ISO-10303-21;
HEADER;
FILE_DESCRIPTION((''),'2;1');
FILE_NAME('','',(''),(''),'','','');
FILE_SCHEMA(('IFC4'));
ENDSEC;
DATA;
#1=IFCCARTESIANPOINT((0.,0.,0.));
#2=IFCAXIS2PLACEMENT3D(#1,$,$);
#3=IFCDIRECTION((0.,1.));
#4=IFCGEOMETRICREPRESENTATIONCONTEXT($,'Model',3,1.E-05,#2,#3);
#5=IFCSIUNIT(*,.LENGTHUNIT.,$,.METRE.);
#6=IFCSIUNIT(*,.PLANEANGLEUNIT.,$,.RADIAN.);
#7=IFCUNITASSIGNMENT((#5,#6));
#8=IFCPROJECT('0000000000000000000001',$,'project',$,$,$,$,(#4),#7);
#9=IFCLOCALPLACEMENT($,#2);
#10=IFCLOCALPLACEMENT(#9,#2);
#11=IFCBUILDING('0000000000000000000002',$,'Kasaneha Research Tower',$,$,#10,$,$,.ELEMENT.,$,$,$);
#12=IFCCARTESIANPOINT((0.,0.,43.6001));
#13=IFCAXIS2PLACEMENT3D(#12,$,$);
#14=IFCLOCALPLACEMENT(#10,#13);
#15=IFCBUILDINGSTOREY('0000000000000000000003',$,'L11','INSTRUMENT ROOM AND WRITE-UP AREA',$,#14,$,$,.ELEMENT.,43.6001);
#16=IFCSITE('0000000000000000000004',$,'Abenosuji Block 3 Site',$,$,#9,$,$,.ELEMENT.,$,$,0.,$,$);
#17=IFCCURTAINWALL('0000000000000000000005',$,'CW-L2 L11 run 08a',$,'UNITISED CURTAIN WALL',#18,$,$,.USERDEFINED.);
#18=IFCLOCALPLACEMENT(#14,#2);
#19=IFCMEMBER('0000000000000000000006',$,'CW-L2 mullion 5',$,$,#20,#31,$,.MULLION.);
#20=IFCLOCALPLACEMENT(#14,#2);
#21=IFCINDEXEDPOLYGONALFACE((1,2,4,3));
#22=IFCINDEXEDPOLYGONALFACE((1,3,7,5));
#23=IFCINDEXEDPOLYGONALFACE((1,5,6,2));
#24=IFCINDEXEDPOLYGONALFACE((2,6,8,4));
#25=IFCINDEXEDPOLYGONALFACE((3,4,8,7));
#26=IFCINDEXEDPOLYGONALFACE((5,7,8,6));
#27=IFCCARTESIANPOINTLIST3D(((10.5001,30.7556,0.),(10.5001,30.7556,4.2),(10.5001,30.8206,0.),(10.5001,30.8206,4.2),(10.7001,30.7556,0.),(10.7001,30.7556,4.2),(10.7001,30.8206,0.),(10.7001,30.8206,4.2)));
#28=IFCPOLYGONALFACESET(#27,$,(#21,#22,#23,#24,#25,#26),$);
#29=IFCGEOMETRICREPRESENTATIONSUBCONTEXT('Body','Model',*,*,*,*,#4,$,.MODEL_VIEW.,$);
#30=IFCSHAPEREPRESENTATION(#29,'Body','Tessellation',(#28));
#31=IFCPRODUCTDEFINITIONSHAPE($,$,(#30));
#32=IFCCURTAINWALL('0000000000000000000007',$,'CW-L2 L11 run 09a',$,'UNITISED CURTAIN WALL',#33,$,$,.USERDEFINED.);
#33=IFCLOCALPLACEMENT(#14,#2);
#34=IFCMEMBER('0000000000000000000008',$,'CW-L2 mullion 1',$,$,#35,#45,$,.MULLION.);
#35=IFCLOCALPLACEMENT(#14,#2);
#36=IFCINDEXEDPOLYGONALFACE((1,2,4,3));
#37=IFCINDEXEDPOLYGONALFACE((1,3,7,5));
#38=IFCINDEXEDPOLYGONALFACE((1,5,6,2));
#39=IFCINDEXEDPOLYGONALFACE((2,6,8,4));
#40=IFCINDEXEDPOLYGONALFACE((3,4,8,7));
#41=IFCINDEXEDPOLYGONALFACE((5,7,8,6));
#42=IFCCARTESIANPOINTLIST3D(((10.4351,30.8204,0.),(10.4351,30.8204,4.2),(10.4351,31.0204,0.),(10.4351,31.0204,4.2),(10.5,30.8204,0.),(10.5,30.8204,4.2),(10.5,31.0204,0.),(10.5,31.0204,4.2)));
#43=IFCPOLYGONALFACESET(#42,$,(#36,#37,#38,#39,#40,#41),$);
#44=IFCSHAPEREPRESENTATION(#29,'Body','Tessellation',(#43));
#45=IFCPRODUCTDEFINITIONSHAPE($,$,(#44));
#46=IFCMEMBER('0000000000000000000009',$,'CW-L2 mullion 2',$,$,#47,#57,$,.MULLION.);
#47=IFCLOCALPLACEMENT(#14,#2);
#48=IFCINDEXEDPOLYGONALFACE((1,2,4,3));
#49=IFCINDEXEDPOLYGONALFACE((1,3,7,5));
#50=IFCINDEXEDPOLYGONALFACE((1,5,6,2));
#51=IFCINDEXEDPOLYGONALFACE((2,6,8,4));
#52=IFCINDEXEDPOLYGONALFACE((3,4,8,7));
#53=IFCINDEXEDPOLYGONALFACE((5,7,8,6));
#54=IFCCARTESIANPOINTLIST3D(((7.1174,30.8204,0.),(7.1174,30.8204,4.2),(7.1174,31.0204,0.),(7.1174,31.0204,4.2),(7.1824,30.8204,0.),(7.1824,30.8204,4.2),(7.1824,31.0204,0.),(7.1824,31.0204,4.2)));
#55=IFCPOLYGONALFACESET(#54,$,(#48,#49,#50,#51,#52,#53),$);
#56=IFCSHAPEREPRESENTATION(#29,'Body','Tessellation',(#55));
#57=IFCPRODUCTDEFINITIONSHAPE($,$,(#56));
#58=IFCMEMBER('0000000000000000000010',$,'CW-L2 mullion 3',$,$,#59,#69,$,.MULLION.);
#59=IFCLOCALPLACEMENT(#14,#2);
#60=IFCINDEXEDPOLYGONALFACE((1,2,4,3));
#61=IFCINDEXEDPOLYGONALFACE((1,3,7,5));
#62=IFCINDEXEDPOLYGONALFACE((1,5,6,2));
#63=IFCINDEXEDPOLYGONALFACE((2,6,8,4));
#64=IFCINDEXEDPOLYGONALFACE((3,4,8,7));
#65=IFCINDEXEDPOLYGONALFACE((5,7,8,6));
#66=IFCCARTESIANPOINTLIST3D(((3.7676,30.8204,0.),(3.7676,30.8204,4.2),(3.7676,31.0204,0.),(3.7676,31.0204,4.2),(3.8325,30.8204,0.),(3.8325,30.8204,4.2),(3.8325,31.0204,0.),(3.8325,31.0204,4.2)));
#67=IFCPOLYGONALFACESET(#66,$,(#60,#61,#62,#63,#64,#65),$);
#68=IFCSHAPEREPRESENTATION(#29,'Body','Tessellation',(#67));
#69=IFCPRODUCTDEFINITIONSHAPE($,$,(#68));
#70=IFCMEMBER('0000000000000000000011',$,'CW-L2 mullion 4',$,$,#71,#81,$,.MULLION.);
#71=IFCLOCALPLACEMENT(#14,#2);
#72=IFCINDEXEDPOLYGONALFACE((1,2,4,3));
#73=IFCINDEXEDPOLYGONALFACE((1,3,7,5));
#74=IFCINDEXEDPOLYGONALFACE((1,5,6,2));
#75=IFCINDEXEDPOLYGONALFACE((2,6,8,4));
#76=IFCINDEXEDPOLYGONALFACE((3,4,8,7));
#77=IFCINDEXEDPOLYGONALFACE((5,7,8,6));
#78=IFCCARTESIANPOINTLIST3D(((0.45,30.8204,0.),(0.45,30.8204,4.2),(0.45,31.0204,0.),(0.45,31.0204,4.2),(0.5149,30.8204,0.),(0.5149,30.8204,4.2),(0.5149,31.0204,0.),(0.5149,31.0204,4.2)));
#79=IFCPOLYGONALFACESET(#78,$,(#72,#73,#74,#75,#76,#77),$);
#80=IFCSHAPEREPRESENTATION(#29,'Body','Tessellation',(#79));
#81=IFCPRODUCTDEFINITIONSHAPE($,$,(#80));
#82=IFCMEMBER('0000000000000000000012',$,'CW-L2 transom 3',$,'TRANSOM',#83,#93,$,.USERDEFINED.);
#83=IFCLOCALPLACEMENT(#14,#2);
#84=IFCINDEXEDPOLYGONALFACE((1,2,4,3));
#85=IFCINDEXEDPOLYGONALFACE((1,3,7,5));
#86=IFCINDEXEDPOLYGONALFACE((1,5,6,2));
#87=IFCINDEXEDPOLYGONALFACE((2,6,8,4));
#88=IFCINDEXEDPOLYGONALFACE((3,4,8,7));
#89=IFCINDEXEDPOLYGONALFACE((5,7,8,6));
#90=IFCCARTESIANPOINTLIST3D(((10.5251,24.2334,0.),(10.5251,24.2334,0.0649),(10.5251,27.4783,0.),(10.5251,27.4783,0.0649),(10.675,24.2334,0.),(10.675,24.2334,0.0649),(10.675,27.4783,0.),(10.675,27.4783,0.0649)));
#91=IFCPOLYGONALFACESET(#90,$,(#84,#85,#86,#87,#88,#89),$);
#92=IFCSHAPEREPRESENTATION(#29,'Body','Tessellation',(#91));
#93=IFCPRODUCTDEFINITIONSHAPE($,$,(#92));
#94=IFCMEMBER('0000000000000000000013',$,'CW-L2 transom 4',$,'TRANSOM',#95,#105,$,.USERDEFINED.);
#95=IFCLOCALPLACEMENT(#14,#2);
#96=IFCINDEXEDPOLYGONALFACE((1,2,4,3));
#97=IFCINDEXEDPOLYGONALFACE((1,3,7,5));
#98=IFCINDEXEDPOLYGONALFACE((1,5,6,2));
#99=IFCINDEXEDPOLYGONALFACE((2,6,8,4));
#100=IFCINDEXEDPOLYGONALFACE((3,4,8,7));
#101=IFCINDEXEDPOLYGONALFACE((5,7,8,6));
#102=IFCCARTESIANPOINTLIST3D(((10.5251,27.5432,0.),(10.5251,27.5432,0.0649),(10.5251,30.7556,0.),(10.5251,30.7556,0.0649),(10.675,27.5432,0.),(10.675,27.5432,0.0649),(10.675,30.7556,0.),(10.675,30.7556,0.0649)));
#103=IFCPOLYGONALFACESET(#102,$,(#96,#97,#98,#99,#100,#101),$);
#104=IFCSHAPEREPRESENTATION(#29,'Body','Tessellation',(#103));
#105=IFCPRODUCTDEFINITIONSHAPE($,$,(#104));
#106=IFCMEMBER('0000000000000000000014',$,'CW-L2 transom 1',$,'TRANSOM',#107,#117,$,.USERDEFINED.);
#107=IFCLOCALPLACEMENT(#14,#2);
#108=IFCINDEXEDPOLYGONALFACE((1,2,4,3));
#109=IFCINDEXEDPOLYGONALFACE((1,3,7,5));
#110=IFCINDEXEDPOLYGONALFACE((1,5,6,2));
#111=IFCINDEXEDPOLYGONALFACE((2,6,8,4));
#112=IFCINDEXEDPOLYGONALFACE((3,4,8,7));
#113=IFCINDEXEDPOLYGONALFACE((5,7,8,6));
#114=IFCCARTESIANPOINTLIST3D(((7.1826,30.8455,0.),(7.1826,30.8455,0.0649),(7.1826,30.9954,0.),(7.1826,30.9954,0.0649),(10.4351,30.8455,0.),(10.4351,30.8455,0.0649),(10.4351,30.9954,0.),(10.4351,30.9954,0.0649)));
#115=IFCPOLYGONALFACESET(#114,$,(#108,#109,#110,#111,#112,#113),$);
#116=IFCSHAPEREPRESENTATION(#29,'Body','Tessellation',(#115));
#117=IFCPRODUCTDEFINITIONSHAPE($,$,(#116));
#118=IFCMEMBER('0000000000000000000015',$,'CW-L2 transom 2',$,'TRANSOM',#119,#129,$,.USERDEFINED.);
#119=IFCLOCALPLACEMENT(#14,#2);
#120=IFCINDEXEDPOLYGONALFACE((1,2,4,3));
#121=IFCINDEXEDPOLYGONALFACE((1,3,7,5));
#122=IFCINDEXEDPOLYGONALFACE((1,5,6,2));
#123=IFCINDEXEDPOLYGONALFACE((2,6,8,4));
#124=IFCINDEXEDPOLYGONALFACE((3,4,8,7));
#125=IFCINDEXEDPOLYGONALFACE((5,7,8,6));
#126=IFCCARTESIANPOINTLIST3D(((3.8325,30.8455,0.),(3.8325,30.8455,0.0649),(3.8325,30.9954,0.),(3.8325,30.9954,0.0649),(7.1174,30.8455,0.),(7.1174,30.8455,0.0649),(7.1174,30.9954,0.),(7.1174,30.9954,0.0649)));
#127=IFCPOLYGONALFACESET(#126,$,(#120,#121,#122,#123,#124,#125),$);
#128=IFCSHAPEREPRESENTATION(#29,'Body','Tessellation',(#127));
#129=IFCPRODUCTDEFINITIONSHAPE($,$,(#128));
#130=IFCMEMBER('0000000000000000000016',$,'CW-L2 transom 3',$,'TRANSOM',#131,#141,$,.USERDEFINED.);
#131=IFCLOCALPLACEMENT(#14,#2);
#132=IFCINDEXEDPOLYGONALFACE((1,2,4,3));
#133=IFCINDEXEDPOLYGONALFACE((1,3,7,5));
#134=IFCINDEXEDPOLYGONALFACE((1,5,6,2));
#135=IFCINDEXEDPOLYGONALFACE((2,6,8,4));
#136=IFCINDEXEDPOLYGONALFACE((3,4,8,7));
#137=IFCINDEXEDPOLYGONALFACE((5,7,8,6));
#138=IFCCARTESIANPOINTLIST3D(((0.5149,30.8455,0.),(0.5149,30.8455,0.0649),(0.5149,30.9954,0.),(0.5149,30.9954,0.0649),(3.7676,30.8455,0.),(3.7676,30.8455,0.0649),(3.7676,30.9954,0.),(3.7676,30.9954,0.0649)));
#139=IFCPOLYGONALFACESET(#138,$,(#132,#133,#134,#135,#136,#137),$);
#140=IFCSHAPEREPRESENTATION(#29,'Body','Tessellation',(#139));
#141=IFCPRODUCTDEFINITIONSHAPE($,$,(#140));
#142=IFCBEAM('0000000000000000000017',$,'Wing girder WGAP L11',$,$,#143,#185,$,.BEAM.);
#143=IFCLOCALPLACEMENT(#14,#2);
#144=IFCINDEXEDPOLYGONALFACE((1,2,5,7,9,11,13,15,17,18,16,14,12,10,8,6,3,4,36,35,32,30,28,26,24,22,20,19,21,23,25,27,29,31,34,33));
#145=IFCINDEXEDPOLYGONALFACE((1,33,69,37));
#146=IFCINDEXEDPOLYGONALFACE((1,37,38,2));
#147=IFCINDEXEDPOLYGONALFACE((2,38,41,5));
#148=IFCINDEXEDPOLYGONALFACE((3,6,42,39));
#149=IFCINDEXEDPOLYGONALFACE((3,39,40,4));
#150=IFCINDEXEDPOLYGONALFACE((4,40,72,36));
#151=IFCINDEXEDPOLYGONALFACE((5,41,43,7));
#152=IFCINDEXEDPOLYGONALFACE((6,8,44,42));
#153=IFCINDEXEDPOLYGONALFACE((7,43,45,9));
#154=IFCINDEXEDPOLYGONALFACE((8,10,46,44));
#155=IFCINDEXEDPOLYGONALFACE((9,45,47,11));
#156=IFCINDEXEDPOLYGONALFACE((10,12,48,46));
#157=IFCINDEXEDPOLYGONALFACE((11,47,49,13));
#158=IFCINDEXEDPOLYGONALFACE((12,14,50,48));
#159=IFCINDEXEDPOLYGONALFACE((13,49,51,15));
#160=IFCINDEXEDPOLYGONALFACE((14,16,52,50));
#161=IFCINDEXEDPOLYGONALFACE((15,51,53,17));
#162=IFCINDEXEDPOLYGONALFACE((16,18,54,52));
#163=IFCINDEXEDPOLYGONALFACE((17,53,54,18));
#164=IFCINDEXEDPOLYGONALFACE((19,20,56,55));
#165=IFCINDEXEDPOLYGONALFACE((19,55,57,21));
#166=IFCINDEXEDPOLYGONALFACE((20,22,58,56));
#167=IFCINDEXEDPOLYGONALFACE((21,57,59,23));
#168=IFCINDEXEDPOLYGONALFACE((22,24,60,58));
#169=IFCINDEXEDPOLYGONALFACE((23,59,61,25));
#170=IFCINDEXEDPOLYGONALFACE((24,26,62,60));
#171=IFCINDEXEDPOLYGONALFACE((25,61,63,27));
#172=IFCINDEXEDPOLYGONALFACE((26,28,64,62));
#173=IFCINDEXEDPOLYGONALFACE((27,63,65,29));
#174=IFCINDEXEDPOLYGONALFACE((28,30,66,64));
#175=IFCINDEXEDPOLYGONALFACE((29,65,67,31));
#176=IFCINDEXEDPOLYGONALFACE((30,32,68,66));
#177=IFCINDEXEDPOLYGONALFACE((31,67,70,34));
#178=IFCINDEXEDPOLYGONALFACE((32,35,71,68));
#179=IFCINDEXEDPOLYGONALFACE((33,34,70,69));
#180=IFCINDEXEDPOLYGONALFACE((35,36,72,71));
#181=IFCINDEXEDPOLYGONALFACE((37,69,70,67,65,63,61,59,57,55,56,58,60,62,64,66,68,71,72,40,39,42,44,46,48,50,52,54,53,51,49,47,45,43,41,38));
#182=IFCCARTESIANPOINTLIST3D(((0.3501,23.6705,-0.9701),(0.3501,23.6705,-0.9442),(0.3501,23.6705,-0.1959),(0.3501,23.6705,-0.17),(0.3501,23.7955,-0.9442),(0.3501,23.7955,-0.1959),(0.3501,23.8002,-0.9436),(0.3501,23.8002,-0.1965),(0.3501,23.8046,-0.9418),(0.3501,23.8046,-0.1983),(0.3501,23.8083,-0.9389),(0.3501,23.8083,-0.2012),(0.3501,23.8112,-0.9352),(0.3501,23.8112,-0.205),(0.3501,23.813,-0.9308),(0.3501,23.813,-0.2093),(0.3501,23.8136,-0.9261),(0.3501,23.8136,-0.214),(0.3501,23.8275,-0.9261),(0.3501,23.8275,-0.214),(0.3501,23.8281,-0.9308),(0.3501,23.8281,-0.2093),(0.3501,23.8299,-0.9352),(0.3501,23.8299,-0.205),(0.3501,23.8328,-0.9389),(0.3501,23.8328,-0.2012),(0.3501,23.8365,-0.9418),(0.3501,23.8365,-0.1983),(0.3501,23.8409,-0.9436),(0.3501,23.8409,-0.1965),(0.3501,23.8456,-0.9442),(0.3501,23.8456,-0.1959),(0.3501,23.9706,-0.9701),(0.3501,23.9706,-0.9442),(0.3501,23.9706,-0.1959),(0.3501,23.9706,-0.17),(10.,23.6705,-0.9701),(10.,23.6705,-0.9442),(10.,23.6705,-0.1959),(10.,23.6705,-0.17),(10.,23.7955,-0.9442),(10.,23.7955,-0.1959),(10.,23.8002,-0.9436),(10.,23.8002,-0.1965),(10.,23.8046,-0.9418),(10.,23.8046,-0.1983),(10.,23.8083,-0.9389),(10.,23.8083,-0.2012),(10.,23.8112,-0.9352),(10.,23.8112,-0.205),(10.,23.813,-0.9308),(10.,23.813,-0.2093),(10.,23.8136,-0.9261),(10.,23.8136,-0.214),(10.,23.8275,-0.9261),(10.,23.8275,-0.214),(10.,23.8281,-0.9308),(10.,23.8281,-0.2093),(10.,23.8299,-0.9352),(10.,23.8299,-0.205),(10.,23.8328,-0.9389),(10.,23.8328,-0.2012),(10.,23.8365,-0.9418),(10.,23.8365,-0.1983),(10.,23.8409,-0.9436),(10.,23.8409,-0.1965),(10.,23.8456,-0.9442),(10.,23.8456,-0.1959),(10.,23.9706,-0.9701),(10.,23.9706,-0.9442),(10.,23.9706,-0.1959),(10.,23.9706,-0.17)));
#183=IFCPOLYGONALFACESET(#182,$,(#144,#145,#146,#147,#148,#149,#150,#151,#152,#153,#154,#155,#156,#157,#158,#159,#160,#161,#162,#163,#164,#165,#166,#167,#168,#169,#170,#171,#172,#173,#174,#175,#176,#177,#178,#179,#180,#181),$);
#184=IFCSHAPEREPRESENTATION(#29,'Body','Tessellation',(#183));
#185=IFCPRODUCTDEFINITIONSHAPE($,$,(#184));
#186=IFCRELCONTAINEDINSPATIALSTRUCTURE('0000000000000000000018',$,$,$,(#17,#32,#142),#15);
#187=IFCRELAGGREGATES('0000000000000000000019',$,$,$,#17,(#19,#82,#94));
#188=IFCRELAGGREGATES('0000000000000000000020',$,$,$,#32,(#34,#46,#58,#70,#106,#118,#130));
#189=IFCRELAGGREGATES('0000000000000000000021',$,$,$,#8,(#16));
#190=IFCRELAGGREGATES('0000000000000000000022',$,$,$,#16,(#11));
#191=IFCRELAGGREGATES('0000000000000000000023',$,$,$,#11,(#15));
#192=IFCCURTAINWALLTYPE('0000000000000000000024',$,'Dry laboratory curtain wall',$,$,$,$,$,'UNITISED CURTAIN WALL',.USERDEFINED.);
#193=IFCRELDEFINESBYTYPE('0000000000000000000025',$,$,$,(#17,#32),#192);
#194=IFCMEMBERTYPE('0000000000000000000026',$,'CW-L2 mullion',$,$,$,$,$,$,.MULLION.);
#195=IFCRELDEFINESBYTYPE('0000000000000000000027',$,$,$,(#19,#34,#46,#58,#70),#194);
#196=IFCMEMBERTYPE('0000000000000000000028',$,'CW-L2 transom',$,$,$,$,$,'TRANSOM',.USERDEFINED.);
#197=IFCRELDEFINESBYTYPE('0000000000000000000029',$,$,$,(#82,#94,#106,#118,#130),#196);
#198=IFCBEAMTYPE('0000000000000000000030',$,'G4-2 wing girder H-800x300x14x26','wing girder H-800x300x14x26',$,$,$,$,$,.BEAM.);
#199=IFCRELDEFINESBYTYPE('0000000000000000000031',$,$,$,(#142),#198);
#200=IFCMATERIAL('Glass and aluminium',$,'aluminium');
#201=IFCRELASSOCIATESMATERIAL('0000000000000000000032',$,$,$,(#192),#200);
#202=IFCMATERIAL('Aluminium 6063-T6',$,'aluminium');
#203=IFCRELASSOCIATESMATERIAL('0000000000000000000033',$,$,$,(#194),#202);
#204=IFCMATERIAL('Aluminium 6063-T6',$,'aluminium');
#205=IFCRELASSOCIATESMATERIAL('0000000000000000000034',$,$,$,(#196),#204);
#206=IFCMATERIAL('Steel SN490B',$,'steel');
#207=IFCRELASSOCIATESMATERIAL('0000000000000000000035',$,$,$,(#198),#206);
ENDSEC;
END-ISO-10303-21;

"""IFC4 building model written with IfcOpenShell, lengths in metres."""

from ifc_helpers import new_model, si_unit, direction, frame, origin, origin_2d, place, context, subcontext, project, spatial, rectangle, i_section, extrude, material, material_profile, profile_set, type_object, element, aggregate, save


model = new_model("IFC4")

# Units and contexts
model_context = context("Model", 3, precision=1e-05, world=origin(), true_north=direction((0.0, 1.0)))
body_context = subcontext(model_context, "Body", "Model", "MODEL_VIEW")
ifc_project = project(units=[si_unit("LENGTHUNIT", "METRE"), si_unit("PLANEANGLEUNIT", "RADIAN")], contexts=[model_context])

# Site, building, storey
site_placement = place(None, origin())
site = spatial("IfcSite", under=ifc_project, at=site_placement, Name="Abenosuji Block 3 Site", CompositionType="ELEMENT", RefElevation=0.0)
building_placement = place(site_placement, origin())
building = spatial("IfcBuilding", under=site, at=building_placement, Name="Kasaneha Research Tower", CompositionType="ELEMENT")
storey_placement = place(building_placement, frame((0.0, 0.0, 43.6001)))
storey = spatial("IfcBuildingStorey", under=building, at=storey_placement, Name="L11", Description="INSTRUMENT ROOM AND WRITE-UP AREA", CompositionType="ELEMENT", Elevation=43.6001)

# Curtain walls, members
ifc_material_1 = material(Name="Glass and aluminium", Category="aluminium")
curtain_wall_type = type_object("IfcCurtainWallType", Name="Dry laboratory curtain wall", ElementType="UNITISED CURTAIN WALL", PredefinedType="USERDEFINED", material=ifc_material_1)
curtain_wall_1_placement = place(storey_placement, origin())
curtain_wall_1 = element("IfcCurtainWall", 1, at=curtain_wall_1_placement, inside=storey, type_object=curtain_wall_type, Name="CW-L2 L11 run 08a", ObjectType="UNITISED CURTAIN WALL", PredefinedType="USERDEFINED")
ifc_material_2 = material(Name="Aluminium 6063-T6", Category="aluminium")
ifc_material_profile_1 = material_profile(ifc_material_2, rectangle(XDim=0.0649, YDim=0.2, at=origin_2d()), Name="CW-L2 mullion 65x200")
ifc_profile_set_1 = profile_set([ifc_material_profile_1], Name="Aluminium 6063-T6")
member_type_1 = type_object("IfcMemberType", Name="CW-L2 mullion", PredefinedType="MULLION", material=ifc_profile_set_1)
member_1_placement = place(storey_placement, frame((10.6001, 30.7881, 0.0), z_axis=(0.0, 0.0, 1.0), x_axis=(0.0, 1.0, 0.0)))
member_1 = element("IfcMember", 2, at=member_1_placement, type_object=member_type_1, Name="CW-L2 mullion 5", PredefinedType="MULLION", context=body_context, shape_type="SweptSolid", body=[
    extrude(rectangle(XDim=0.0649, YDim=0.2, at=origin_2d()), origin(), (0.0, 0.0, 1.0), 4.2),
])
curtain_wall_2_placement = place(storey_placement, origin())
curtain_wall_2 = element("IfcCurtainWall", 3, at=curtain_wall_2_placement, inside=storey, type_object=curtain_wall_type, Name="CW-L2 L11 run 09a", ObjectType="UNITISED CURTAIN WALL", PredefinedType="USERDEFINED")
member_2_placement = place(storey_placement, frame((10.4675, 30.9204, 0.0), z_axis=(0.0, 0.0, 1.0), x_axis=(-1.0, 0.0, 0.0)))
member_2 = element("IfcMember", 4, at=member_2_placement, type_object=member_type_1, Name="CW-L2 mullion 1", PredefinedType="MULLION", context=body_context, shape_type="SweptSolid", body=[
    extrude(rectangle(XDim=0.0649, YDim=0.2, at=origin_2d()), origin(), (0.0, 0.0, 1.0), 4.2),
])
member_3_placement = place(storey_placement, frame((7.1499, 30.9204, 0.0), z_axis=(0.0, 0.0, 1.0), x_axis=(-1.0, 0.0, 0.0)))
member_3 = element("IfcMember", 5, at=member_3_placement, type_object=member_type_1, Name="CW-L2 mullion 2", PredefinedType="MULLION", context=body_context, shape_type="SweptSolid", body=[
    extrude(rectangle(XDim=0.0649, YDim=0.2, at=origin_2d()), origin(), (0.0, 0.0, 1.0), 4.2),
])
member_4_placement = place(storey_placement, frame((3.8, 30.9204, 0.0), z_axis=(0.0, 0.0, 1.0), x_axis=(-1.0, 0.0, 0.0)))
member_4 = element("IfcMember", 6, at=member_4_placement, type_object=member_type_1, Name="CW-L2 mullion 3", PredefinedType="MULLION", context=body_context, shape_type="SweptSolid", body=[
    extrude(rectangle(XDim=0.0649, YDim=0.2, at=origin_2d()), origin(), (0.0, 0.0, 1.0), 4.2),
])
member_5_placement = place(storey_placement, frame((0.4824, 30.9204, 0.0), z_axis=(0.0, 0.0, 1.0), x_axis=(-1.0, 0.0, 0.0)))
member_5 = element("IfcMember", 7, at=member_5_placement, type_object=member_type_1, Name="CW-L2 mullion 4", PredefinedType="MULLION", context=body_context, shape_type="SweptSolid", body=[
    extrude(rectangle(XDim=0.0649, YDim=0.2, at=origin_2d()), origin(), (0.0, 0.0, 1.0), 4.2),
])

# Members
ifc_material_3 = material(Name="Aluminium 6063-T6", Category="aluminium")
ifc_material_profile_2 = material_profile(ifc_material_3, rectangle(XDim=0.1499, YDim=0.0649, at=origin_2d()), Name="CW-L2 transom 150x65")
ifc_profile_set_2 = profile_set([ifc_material_profile_2], Name="Aluminium 6063-T6")
member_type_2 = type_object("IfcMemberType", Name="CW-L2 transom", ElementType="TRANSOM", PredefinedType="USERDEFINED", material=ifc_profile_set_2)
member_6_placement = place(storey_placement, frame((10.6001, 24.2334, 0.0325), z_axis=(0.0, 1.0, 0.0), x_axis=(-1.0, 0.0, 0.0)))
member_6 = element("IfcMember", 8, at=member_6_placement, type_object=member_type_2, Name="CW-L2 transom 3", ObjectType="TRANSOM", PredefinedType="USERDEFINED", context=body_context, shape_type="SweptSolid", body=[
    extrude(rectangle(XDim=0.1499, YDim=0.0649, at=origin_2d()), origin(), (0.0, 0.0, 1.0), 3.2449),
])
member_7_placement = place(storey_placement, frame((10.6001, 27.5432, 0.0325), z_axis=(0.0, 1.0, 0.0), x_axis=(-1.0, 0.0, 0.0)))
member_7 = element("IfcMember", 9, at=member_7_placement, type_object=member_type_2, Name="CW-L2 transom 4", ObjectType="TRANSOM", PredefinedType="USERDEFINED", context=body_context, shape_type="SweptSolid", body=[
    extrude(rectangle(XDim=0.1499, YDim=0.0649, at=origin_2d()), origin(), (0.0, 0.0, 1.0), 3.2124),
])
member_8_placement = place(storey_placement, frame((10.4351, 30.9204, 0.0325), z_axis=(-1.0, 0.0, 0.0), x_axis=(0.0, -1.0, 0.0)))
member_8 = element("IfcMember", 10, at=member_8_placement, type_object=member_type_2, Name="CW-L2 transom 1", ObjectType="TRANSOM", PredefinedType="USERDEFINED", context=body_context, shape_type="SweptSolid", body=[
    extrude(rectangle(XDim=0.1499, YDim=0.0649, at=origin_2d()), origin(), (0.0, 0.0, 1.0), 3.2524),
])
member_9_placement = place(storey_placement, frame((7.1174, 30.9204, 0.0325), z_axis=(-1.0, 0.0, 0.0), x_axis=(0.0, -1.0, 0.0)))
member_9 = element("IfcMember", 11, at=member_9_placement, type_object=member_type_2, Name="CW-L2 transom 2", ObjectType="TRANSOM", PredefinedType="USERDEFINED", context=body_context, shape_type="SweptSolid", body=[
    extrude(rectangle(XDim=0.1499, YDim=0.0649, at=origin_2d()), origin(), (0.0, 0.0, 1.0), 3.2849),
])
member_10_placement = place(storey_placement, frame((3.7676, 30.9204, 0.0325), z_axis=(-1.0, 0.0, 0.0), x_axis=(0.0, -1.0, 0.0)))
member_10 = element("IfcMember", 12, at=member_10_placement, type_object=member_type_2, Name="CW-L2 transom 3", ObjectType="TRANSOM", PredefinedType="USERDEFINED", context=body_context, shape_type="SweptSolid", body=[
    extrude(rectangle(XDim=0.1499, YDim=0.0649, at=origin_2d()), origin(), (0.0, 0.0, 1.0), 3.2527),
])

# Beam
ifc_material_4 = material(Name="Steel SN490B", Category="steel")
ifc_material_profile_3 = material_profile(ifc_material_4, i_section(OverallWidth=0.3, OverallDepth=0.8, WebThickness=0.0139, FlangeThickness=0.0259, FilletRadius=0.0181, at=origin_2d()), Name="H-800x300x14x26")
ifc_profile_set_3 = profile_set([ifc_material_profile_3], Name="Steel SN490B")
beam_type_1 = type_object("IfcBeamType", Name="G4-2 wing girder H-800x300x14x26", Description="wing girder H-800x300x14x26", PredefinedType="BEAM", material=ifc_profile_set_3)
beam_1_placement = place(storey_placement, frame((10.0, 23.8206, -0.5701), z_axis=(-1.0, 0.0, 0.0), x_axis=(0.0, -1.0, 0.0)))
element("IfcBeam", 13, at=beam_1_placement, inside=storey, type_object=beam_type_1, Name="Wing girder WGAP L11", PredefinedType="BEAM", context=body_context, shape_type="SweptSolid", body=[
    extrude(i_section(OverallWidth=0.3, OverallDepth=0.8, WebThickness=0.0139, FlangeThickness=0.0259, FilletRadius=0.0181, at=origin_2d()), origin(), (0.0, 0.0, 1.0), 9.6499),
])

aggregate(curtain_wall_1, [member_1, member_6, member_7])
aggregate(curtain_wall_2, [member_2, member_3, member_4, member_5, member_8, member_9, member_10])

save(model, "model.ifc")
